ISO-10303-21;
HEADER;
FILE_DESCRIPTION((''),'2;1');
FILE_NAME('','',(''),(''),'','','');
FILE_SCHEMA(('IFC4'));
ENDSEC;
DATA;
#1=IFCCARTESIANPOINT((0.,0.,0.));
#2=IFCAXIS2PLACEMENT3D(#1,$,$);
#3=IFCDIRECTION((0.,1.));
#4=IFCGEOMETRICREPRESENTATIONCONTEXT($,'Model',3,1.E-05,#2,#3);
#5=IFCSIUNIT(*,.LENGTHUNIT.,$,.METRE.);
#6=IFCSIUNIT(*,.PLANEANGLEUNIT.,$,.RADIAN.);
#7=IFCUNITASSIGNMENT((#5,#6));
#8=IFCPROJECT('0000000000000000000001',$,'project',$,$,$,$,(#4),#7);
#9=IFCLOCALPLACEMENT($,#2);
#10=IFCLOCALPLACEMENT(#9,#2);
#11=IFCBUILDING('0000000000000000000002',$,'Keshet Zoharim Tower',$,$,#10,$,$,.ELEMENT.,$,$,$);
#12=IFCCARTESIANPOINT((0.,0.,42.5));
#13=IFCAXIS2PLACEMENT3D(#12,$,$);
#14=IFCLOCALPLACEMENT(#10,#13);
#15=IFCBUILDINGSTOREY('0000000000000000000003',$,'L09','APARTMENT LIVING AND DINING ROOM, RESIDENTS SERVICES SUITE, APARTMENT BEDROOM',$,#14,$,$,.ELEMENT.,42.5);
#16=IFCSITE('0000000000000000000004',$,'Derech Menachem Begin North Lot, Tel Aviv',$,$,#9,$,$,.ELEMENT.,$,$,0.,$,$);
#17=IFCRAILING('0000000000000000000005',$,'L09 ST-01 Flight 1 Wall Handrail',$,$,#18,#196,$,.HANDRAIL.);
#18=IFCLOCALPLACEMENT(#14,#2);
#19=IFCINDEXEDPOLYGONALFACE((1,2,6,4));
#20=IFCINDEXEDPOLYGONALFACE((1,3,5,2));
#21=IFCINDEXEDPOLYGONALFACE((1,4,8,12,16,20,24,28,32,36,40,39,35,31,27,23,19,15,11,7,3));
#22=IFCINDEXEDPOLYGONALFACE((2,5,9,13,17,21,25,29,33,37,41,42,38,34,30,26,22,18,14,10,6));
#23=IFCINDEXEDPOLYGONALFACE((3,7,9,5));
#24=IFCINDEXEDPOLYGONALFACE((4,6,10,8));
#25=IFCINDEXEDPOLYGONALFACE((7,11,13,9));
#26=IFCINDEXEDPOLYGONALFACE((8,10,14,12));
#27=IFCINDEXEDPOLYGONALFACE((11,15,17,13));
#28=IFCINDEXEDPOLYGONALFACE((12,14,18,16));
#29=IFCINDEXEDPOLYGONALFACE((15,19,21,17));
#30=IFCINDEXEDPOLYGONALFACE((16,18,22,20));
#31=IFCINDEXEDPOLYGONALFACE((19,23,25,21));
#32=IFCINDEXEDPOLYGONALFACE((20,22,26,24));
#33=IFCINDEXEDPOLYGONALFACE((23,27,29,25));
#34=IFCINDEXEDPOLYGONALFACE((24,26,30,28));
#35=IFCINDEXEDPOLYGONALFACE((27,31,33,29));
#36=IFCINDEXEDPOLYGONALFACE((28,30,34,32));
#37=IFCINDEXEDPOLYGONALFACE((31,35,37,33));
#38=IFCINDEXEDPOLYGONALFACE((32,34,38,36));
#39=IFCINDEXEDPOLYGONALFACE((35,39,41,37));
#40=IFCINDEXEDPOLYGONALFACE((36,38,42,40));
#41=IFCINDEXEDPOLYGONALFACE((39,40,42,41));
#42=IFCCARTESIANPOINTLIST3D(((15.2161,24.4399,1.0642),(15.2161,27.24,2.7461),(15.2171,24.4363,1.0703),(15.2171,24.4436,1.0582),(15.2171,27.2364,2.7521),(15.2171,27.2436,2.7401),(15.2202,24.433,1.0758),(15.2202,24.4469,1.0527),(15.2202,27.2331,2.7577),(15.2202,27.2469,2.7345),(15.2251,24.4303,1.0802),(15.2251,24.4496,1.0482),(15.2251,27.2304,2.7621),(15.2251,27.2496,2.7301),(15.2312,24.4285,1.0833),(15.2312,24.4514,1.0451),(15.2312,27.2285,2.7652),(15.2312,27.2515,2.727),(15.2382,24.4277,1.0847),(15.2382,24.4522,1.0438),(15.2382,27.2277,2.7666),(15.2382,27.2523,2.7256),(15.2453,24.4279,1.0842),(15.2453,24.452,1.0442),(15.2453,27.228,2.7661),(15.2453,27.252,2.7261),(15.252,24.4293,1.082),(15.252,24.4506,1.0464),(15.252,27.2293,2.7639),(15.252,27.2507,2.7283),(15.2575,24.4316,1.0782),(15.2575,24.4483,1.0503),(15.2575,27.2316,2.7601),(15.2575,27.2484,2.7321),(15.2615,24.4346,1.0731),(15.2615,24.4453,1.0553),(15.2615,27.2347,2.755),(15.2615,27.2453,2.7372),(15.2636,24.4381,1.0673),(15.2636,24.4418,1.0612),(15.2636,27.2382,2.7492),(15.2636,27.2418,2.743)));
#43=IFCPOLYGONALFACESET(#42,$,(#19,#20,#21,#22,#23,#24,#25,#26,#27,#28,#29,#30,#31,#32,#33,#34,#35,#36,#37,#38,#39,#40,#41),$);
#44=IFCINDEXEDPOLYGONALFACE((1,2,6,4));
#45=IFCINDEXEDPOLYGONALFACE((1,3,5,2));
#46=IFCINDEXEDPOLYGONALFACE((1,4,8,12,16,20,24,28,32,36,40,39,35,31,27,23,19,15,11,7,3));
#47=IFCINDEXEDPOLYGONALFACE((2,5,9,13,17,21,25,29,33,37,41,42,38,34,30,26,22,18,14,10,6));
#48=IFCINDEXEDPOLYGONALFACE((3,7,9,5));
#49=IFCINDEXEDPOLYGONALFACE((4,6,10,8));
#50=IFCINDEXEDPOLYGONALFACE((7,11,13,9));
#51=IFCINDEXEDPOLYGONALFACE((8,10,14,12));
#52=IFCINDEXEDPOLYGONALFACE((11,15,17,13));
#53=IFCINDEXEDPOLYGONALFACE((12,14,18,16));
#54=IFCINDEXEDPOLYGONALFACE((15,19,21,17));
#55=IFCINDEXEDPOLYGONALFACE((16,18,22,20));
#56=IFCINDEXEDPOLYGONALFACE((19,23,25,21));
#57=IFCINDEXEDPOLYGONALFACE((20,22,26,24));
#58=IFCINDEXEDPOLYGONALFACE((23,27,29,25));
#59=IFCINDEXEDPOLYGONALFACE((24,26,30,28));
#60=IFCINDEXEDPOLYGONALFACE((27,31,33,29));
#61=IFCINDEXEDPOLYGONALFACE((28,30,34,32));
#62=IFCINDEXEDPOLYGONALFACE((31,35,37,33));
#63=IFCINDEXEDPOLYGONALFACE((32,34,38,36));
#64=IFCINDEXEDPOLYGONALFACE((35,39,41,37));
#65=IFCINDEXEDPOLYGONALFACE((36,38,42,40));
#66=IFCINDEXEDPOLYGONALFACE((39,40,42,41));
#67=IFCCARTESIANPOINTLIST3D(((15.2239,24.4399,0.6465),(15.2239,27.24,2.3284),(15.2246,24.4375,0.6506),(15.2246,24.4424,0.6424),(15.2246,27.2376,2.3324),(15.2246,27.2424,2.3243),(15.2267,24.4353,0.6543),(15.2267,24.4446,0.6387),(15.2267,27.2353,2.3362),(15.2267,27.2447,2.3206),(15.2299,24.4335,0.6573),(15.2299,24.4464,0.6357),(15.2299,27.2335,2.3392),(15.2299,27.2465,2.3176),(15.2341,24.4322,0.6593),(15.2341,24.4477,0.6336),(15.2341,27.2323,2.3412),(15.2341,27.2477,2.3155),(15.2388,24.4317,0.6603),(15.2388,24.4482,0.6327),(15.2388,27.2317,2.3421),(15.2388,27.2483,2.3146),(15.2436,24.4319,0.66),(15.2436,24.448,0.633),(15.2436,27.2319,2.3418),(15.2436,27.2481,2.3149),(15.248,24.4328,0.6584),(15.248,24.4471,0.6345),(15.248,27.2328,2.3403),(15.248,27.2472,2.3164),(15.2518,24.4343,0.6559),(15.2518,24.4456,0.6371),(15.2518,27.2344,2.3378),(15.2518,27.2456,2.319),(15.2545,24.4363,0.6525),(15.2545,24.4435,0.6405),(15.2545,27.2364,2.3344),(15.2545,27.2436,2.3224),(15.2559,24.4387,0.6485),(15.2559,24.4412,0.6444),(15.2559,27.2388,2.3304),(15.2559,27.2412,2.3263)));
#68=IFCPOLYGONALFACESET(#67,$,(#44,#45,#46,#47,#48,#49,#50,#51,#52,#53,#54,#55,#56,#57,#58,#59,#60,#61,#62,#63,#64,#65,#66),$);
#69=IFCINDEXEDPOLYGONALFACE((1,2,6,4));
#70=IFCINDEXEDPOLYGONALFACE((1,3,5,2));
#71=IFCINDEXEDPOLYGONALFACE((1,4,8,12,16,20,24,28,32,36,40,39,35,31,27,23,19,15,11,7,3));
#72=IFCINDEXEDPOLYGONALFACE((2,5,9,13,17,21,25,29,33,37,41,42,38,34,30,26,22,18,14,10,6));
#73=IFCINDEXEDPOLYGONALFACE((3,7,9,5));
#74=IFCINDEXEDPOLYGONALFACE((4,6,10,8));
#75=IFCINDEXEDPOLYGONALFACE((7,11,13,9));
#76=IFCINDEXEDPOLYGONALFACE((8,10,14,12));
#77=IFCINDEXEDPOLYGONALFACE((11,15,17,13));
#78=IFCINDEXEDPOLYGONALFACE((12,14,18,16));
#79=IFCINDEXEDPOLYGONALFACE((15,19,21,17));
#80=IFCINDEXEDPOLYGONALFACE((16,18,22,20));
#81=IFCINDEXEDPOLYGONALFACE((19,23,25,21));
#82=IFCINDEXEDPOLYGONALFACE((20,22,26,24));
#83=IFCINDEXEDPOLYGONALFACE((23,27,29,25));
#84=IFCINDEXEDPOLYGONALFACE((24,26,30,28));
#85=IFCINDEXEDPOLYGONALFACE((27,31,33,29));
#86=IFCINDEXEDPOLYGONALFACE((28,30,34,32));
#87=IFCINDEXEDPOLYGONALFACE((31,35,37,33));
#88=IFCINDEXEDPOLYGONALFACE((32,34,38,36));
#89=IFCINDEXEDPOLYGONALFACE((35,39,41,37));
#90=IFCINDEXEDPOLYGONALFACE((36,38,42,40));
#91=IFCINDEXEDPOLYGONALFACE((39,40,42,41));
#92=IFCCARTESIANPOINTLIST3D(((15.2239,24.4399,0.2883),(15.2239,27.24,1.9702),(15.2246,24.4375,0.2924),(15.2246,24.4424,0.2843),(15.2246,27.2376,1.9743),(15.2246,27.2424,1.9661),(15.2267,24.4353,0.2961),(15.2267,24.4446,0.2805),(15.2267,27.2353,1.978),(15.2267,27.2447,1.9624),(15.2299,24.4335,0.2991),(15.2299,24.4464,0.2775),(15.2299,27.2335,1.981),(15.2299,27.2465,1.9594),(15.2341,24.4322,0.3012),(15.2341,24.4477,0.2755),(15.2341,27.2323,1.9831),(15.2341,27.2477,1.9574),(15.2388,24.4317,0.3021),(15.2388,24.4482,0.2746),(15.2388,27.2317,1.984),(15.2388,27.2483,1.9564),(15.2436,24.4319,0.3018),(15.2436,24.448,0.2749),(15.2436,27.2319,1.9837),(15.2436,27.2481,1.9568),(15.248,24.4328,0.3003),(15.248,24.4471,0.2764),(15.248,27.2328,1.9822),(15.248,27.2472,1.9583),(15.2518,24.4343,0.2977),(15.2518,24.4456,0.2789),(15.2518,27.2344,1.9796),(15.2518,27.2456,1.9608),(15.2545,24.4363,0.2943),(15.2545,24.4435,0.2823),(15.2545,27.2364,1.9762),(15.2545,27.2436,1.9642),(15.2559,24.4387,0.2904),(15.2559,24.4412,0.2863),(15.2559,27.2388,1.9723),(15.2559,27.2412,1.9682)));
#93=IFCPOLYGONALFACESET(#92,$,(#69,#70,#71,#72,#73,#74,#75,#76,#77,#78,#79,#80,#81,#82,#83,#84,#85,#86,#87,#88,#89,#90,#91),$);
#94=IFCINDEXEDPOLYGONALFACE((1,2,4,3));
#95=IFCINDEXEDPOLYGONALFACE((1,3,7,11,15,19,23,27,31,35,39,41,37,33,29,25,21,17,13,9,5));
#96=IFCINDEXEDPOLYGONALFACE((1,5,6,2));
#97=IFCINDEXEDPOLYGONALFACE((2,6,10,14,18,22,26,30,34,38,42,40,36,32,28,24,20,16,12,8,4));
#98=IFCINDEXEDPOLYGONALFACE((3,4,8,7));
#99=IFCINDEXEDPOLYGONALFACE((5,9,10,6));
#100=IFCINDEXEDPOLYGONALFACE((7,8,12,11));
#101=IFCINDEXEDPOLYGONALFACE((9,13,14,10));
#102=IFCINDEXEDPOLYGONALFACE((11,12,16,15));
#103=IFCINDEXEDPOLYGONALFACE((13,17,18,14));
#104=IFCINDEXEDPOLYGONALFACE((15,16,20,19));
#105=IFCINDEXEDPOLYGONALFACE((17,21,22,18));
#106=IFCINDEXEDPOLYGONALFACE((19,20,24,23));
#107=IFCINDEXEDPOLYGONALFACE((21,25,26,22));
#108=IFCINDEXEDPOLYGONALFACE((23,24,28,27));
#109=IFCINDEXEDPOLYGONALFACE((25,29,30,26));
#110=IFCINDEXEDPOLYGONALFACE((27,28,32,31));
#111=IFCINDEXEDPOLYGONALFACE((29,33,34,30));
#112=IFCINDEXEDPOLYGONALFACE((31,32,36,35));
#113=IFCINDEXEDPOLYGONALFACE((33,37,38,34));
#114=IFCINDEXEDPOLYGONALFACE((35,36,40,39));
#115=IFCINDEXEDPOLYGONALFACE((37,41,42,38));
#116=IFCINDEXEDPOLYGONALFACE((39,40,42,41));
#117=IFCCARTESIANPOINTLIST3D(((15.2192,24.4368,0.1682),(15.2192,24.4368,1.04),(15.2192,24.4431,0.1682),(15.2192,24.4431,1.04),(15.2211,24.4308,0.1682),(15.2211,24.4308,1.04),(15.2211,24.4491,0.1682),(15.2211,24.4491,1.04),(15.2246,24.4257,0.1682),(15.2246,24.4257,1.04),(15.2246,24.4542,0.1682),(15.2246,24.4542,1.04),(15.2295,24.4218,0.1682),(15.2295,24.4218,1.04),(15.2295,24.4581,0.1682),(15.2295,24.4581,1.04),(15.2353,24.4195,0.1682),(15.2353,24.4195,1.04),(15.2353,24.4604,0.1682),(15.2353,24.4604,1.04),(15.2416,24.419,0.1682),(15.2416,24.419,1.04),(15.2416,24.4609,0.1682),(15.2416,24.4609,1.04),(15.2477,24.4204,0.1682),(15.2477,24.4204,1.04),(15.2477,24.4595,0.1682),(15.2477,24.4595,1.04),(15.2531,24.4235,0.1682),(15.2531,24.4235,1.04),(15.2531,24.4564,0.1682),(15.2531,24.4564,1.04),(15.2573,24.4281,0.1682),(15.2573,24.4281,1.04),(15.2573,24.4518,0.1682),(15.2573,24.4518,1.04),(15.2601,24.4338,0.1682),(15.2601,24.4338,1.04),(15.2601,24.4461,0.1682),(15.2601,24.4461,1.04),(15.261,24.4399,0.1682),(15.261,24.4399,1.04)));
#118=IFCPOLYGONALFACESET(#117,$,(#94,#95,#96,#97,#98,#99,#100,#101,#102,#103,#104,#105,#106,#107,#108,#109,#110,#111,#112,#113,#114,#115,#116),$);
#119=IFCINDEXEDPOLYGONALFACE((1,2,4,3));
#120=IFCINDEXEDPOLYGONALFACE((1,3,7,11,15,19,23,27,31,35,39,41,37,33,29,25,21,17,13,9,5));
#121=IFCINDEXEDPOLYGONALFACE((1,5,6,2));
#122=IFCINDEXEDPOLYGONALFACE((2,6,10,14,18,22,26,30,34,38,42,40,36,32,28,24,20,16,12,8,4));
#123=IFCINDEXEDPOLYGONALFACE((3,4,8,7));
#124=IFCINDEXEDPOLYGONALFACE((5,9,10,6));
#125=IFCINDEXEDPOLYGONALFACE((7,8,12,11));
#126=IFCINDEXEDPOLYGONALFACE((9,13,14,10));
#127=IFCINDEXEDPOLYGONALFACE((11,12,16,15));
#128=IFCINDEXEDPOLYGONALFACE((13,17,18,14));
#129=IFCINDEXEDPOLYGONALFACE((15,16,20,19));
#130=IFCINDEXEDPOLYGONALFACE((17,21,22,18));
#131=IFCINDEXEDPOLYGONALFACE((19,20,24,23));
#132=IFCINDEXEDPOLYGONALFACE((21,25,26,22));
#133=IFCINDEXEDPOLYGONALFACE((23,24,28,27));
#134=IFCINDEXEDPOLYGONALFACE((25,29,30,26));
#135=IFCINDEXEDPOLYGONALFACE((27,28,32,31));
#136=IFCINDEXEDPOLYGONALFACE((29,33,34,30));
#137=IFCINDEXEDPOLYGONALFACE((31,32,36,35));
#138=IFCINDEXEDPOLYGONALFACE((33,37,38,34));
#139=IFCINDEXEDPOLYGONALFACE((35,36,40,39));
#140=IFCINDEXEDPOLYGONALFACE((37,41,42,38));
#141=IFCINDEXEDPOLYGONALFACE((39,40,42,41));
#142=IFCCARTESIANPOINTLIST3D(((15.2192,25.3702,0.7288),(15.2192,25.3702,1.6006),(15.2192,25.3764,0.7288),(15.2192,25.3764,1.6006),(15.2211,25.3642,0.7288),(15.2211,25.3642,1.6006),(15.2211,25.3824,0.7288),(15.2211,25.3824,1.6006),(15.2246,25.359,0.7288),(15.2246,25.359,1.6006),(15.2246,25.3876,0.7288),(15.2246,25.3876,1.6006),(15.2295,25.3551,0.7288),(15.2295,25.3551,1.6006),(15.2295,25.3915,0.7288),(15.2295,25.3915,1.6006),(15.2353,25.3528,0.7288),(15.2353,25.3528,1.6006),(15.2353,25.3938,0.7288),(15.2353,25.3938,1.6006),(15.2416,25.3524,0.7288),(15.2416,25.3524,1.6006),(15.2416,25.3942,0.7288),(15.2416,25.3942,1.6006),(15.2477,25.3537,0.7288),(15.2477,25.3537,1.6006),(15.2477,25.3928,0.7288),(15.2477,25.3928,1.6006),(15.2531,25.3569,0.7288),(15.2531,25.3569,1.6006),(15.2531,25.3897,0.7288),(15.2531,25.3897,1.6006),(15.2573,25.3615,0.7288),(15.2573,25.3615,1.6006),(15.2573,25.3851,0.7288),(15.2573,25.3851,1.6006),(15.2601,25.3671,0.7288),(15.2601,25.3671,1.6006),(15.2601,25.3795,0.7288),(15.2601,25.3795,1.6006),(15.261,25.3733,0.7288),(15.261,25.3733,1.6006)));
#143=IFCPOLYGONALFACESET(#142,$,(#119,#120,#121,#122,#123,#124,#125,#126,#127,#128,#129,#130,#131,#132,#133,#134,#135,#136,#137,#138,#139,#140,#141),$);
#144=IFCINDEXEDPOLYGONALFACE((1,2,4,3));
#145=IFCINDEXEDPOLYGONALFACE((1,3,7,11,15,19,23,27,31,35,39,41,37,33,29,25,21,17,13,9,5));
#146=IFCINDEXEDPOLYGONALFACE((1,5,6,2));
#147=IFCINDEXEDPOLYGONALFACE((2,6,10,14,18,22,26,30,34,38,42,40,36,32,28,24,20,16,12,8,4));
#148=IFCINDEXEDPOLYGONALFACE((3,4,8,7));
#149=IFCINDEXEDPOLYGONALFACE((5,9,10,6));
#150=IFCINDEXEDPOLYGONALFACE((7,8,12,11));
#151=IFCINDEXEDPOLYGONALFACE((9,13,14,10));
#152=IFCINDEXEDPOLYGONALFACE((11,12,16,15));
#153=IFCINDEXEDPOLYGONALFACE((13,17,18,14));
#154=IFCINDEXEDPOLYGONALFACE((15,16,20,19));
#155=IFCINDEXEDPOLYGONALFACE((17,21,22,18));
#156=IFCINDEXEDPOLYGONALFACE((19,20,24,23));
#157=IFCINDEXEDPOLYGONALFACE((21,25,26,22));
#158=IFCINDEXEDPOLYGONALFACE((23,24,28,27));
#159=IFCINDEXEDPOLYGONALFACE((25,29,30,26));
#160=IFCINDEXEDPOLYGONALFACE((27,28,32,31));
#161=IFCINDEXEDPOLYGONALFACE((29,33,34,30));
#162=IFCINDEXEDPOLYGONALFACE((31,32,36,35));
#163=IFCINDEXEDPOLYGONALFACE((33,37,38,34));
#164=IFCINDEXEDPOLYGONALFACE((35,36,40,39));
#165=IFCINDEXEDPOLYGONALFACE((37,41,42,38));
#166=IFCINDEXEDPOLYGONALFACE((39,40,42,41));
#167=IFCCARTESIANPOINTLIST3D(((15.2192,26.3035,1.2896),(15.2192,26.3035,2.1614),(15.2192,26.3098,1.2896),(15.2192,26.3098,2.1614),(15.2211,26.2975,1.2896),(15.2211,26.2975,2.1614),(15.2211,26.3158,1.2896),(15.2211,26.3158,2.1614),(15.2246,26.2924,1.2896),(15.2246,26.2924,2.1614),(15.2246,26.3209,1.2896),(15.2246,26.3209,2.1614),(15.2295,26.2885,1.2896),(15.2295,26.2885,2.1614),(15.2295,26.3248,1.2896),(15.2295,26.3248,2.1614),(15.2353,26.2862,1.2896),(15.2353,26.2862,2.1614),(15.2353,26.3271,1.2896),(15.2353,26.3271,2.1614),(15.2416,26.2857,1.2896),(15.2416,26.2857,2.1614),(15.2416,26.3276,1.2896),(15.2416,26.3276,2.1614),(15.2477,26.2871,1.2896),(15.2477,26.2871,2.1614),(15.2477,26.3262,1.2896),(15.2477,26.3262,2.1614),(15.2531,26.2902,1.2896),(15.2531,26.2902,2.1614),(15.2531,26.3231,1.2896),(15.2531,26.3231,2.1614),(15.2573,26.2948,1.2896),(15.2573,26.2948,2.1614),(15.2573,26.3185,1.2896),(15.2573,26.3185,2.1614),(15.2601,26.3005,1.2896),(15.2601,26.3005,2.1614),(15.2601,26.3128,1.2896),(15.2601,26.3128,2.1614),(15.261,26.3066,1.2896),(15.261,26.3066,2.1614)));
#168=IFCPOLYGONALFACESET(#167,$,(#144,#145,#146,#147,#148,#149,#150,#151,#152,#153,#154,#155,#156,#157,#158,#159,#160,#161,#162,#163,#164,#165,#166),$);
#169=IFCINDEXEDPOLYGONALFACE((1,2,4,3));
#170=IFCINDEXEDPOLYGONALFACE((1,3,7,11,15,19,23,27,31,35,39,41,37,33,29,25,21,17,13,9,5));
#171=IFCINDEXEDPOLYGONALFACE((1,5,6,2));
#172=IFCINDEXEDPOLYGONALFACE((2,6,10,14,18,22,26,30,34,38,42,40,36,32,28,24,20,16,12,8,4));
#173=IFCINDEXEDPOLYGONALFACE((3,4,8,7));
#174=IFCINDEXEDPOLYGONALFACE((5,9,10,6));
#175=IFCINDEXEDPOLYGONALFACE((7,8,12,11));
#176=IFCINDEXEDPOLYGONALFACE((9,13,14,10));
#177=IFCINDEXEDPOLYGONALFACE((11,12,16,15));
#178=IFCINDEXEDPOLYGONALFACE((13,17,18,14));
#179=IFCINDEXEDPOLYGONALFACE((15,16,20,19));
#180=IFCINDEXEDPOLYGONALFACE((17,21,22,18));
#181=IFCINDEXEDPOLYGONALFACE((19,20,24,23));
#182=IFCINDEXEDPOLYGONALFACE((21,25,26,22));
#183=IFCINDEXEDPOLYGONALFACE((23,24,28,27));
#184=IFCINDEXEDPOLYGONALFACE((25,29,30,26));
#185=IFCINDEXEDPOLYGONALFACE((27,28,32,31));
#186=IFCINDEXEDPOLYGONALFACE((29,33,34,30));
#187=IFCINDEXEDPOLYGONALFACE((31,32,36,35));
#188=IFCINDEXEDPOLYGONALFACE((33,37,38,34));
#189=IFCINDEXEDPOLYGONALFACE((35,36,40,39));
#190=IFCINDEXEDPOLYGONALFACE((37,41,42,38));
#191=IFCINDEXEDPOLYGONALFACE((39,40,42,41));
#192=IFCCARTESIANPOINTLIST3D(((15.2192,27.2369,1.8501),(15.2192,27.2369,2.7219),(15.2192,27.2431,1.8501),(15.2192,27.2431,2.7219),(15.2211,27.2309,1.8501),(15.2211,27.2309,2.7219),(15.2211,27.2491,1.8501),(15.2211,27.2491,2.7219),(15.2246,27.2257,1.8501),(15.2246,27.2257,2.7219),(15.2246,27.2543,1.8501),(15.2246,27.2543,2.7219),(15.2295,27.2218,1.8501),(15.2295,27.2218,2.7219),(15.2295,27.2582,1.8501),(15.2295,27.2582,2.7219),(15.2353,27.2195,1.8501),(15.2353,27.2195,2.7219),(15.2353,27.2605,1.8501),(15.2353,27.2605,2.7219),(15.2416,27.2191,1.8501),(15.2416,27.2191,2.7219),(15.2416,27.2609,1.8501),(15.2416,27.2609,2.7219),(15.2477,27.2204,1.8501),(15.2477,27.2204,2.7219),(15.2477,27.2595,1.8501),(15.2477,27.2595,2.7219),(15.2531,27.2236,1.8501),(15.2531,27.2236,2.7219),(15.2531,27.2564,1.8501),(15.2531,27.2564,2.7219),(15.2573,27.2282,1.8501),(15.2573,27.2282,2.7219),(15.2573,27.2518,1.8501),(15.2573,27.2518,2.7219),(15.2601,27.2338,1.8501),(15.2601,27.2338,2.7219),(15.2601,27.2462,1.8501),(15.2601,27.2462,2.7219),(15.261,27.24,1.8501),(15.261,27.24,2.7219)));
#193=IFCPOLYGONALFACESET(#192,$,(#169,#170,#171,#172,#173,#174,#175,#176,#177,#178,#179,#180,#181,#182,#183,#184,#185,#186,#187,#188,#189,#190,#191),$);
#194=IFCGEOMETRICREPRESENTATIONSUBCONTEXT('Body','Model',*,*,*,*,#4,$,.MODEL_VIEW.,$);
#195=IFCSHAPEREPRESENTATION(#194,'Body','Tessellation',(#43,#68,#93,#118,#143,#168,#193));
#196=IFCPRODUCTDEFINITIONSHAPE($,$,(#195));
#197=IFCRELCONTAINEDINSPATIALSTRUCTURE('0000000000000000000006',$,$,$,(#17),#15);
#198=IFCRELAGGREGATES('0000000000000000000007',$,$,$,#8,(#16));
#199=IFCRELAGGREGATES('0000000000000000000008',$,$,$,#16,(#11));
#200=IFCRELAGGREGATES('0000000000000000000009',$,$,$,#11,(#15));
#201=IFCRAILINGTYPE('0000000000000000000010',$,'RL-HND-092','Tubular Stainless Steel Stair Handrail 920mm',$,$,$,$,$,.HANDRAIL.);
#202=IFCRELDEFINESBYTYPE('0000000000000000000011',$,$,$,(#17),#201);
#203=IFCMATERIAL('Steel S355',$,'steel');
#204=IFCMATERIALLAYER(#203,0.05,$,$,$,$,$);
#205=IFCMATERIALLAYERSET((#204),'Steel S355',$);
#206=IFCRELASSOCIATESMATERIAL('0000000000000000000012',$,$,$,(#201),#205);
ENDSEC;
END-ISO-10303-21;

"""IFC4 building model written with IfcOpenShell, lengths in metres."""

from ifc_helpers import new_model, si_unit, direction, frame, origin, origin_2d, place, context, subcontext, project, spatial, circle, extrude, material, layer, layer_set, type_object, element, save


model = new_model("IFC4")

# Units and contexts
model_context = context("Model", 3, precision=1e-05, world=origin(), true_north=direction((0.0, 1.0)))
body_context = subcontext(model_context, "Body", "Model", "MODEL_VIEW")
ifc_project = project(units=[si_unit("LENGTHUNIT", "METRE"), si_unit("PLANEANGLEUNIT", "RADIAN")], contexts=[model_context])

# Site, building, storey
site_placement = place(None, origin())
site = spatial("IfcSite", under=ifc_project, at=site_placement, Name="Derech Menachem Begin North Lot, Tel Aviv", CompositionType="ELEMENT", RefElevation=0.0)
building_placement = place(site_placement, origin())
building = spatial("IfcBuilding", under=site, at=building_placement, Name="Keshet Zoharim Tower", CompositionType="ELEMENT")
storey_placement = place(building_placement, frame((0.0, 0.0, 42.5)))
storey = spatial("IfcBuildingStorey", under=building, at=storey_placement, Name="L09", Description="APARTMENT LIVING AND DINING ROOM, RESIDENTS SERVICES SUITE, APARTMENT BEDROOM", CompositionType="ELEMENT", Elevation=42.5)

# Railing
ifc_material_1 = material(Name="Steel S355", Category="steel")
ifc_layer_1 = layer(ifc_material_1, 0.05)
ifc_layer_set_1 = layer_set([ifc_layer_1], Name="Steel S355")
railing_type_1 = type_object("IfcRailingType", Name="RL-HND-092", Description="Tubular Stainless Steel Stair Handrail 920mm", PredefinedType="HANDRAIL", material=ifc_layer_set_1)
railing_1_placement = place(storey_placement, frame((15.24, 24.4399, 0.1682)))
element("IfcRailing", 1, at=railing_1_placement, inside=storey, type_object=railing_type_1, Name="L09 ST-01 Flight 1 Wall Handrail", PredefinedType="HANDRAIL", context=body_context, shape_type="SweptSolid", body=[
    extrude(circle(Radius=0.0239, at=origin_2d()), frame((0.0, 0.0, 0.896), z_axis=(0.0, 0.857242, 0.514913), x_axis=(-1.0, 0.0, 0.0)), (0.0, 0.0, 1.0), 3.2664),
    extrude(circle(Radius=0.0161, at=origin_2d()), frame((0.0, 0.0, 0.4783), z_axis=(0.0, 0.857242, 0.514913), x_axis=(-1.0, 0.0, 0.0)), (0.0, 0.0, 1.0), 3.2664),
    extrude(circle(Radius=0.0161, at=origin_2d()), frame((0.0, 0.0, 0.1201), z_axis=(0.0, 0.857242, 0.514913), x_axis=(-1.0, 0.0, 0.0)), (0.0, 0.0, 1.0), 3.2664),
    extrude(circle(Radius=0.021, at=origin_2d()), origin(), (0.0, 0.0, 1.0), 0.8718),
    extrude(circle(Radius=0.021, at=origin_2d()), frame((0.0, 0.9333, 0.5605)), (0.0, 0.0, 1.0), 0.8718),
    extrude(circle(Radius=0.021, at=origin_2d()), frame((0.0, 1.8667, 1.1213)), (0.0, 0.0, 1.0), 0.8718),
    extrude(circle(Radius=0.021, at=origin_2d()), frame((0.0, 2.8, 1.6819)), (0.0, 0.0, 1.0), 0.8718),
])

save(model, "model.ifc")
